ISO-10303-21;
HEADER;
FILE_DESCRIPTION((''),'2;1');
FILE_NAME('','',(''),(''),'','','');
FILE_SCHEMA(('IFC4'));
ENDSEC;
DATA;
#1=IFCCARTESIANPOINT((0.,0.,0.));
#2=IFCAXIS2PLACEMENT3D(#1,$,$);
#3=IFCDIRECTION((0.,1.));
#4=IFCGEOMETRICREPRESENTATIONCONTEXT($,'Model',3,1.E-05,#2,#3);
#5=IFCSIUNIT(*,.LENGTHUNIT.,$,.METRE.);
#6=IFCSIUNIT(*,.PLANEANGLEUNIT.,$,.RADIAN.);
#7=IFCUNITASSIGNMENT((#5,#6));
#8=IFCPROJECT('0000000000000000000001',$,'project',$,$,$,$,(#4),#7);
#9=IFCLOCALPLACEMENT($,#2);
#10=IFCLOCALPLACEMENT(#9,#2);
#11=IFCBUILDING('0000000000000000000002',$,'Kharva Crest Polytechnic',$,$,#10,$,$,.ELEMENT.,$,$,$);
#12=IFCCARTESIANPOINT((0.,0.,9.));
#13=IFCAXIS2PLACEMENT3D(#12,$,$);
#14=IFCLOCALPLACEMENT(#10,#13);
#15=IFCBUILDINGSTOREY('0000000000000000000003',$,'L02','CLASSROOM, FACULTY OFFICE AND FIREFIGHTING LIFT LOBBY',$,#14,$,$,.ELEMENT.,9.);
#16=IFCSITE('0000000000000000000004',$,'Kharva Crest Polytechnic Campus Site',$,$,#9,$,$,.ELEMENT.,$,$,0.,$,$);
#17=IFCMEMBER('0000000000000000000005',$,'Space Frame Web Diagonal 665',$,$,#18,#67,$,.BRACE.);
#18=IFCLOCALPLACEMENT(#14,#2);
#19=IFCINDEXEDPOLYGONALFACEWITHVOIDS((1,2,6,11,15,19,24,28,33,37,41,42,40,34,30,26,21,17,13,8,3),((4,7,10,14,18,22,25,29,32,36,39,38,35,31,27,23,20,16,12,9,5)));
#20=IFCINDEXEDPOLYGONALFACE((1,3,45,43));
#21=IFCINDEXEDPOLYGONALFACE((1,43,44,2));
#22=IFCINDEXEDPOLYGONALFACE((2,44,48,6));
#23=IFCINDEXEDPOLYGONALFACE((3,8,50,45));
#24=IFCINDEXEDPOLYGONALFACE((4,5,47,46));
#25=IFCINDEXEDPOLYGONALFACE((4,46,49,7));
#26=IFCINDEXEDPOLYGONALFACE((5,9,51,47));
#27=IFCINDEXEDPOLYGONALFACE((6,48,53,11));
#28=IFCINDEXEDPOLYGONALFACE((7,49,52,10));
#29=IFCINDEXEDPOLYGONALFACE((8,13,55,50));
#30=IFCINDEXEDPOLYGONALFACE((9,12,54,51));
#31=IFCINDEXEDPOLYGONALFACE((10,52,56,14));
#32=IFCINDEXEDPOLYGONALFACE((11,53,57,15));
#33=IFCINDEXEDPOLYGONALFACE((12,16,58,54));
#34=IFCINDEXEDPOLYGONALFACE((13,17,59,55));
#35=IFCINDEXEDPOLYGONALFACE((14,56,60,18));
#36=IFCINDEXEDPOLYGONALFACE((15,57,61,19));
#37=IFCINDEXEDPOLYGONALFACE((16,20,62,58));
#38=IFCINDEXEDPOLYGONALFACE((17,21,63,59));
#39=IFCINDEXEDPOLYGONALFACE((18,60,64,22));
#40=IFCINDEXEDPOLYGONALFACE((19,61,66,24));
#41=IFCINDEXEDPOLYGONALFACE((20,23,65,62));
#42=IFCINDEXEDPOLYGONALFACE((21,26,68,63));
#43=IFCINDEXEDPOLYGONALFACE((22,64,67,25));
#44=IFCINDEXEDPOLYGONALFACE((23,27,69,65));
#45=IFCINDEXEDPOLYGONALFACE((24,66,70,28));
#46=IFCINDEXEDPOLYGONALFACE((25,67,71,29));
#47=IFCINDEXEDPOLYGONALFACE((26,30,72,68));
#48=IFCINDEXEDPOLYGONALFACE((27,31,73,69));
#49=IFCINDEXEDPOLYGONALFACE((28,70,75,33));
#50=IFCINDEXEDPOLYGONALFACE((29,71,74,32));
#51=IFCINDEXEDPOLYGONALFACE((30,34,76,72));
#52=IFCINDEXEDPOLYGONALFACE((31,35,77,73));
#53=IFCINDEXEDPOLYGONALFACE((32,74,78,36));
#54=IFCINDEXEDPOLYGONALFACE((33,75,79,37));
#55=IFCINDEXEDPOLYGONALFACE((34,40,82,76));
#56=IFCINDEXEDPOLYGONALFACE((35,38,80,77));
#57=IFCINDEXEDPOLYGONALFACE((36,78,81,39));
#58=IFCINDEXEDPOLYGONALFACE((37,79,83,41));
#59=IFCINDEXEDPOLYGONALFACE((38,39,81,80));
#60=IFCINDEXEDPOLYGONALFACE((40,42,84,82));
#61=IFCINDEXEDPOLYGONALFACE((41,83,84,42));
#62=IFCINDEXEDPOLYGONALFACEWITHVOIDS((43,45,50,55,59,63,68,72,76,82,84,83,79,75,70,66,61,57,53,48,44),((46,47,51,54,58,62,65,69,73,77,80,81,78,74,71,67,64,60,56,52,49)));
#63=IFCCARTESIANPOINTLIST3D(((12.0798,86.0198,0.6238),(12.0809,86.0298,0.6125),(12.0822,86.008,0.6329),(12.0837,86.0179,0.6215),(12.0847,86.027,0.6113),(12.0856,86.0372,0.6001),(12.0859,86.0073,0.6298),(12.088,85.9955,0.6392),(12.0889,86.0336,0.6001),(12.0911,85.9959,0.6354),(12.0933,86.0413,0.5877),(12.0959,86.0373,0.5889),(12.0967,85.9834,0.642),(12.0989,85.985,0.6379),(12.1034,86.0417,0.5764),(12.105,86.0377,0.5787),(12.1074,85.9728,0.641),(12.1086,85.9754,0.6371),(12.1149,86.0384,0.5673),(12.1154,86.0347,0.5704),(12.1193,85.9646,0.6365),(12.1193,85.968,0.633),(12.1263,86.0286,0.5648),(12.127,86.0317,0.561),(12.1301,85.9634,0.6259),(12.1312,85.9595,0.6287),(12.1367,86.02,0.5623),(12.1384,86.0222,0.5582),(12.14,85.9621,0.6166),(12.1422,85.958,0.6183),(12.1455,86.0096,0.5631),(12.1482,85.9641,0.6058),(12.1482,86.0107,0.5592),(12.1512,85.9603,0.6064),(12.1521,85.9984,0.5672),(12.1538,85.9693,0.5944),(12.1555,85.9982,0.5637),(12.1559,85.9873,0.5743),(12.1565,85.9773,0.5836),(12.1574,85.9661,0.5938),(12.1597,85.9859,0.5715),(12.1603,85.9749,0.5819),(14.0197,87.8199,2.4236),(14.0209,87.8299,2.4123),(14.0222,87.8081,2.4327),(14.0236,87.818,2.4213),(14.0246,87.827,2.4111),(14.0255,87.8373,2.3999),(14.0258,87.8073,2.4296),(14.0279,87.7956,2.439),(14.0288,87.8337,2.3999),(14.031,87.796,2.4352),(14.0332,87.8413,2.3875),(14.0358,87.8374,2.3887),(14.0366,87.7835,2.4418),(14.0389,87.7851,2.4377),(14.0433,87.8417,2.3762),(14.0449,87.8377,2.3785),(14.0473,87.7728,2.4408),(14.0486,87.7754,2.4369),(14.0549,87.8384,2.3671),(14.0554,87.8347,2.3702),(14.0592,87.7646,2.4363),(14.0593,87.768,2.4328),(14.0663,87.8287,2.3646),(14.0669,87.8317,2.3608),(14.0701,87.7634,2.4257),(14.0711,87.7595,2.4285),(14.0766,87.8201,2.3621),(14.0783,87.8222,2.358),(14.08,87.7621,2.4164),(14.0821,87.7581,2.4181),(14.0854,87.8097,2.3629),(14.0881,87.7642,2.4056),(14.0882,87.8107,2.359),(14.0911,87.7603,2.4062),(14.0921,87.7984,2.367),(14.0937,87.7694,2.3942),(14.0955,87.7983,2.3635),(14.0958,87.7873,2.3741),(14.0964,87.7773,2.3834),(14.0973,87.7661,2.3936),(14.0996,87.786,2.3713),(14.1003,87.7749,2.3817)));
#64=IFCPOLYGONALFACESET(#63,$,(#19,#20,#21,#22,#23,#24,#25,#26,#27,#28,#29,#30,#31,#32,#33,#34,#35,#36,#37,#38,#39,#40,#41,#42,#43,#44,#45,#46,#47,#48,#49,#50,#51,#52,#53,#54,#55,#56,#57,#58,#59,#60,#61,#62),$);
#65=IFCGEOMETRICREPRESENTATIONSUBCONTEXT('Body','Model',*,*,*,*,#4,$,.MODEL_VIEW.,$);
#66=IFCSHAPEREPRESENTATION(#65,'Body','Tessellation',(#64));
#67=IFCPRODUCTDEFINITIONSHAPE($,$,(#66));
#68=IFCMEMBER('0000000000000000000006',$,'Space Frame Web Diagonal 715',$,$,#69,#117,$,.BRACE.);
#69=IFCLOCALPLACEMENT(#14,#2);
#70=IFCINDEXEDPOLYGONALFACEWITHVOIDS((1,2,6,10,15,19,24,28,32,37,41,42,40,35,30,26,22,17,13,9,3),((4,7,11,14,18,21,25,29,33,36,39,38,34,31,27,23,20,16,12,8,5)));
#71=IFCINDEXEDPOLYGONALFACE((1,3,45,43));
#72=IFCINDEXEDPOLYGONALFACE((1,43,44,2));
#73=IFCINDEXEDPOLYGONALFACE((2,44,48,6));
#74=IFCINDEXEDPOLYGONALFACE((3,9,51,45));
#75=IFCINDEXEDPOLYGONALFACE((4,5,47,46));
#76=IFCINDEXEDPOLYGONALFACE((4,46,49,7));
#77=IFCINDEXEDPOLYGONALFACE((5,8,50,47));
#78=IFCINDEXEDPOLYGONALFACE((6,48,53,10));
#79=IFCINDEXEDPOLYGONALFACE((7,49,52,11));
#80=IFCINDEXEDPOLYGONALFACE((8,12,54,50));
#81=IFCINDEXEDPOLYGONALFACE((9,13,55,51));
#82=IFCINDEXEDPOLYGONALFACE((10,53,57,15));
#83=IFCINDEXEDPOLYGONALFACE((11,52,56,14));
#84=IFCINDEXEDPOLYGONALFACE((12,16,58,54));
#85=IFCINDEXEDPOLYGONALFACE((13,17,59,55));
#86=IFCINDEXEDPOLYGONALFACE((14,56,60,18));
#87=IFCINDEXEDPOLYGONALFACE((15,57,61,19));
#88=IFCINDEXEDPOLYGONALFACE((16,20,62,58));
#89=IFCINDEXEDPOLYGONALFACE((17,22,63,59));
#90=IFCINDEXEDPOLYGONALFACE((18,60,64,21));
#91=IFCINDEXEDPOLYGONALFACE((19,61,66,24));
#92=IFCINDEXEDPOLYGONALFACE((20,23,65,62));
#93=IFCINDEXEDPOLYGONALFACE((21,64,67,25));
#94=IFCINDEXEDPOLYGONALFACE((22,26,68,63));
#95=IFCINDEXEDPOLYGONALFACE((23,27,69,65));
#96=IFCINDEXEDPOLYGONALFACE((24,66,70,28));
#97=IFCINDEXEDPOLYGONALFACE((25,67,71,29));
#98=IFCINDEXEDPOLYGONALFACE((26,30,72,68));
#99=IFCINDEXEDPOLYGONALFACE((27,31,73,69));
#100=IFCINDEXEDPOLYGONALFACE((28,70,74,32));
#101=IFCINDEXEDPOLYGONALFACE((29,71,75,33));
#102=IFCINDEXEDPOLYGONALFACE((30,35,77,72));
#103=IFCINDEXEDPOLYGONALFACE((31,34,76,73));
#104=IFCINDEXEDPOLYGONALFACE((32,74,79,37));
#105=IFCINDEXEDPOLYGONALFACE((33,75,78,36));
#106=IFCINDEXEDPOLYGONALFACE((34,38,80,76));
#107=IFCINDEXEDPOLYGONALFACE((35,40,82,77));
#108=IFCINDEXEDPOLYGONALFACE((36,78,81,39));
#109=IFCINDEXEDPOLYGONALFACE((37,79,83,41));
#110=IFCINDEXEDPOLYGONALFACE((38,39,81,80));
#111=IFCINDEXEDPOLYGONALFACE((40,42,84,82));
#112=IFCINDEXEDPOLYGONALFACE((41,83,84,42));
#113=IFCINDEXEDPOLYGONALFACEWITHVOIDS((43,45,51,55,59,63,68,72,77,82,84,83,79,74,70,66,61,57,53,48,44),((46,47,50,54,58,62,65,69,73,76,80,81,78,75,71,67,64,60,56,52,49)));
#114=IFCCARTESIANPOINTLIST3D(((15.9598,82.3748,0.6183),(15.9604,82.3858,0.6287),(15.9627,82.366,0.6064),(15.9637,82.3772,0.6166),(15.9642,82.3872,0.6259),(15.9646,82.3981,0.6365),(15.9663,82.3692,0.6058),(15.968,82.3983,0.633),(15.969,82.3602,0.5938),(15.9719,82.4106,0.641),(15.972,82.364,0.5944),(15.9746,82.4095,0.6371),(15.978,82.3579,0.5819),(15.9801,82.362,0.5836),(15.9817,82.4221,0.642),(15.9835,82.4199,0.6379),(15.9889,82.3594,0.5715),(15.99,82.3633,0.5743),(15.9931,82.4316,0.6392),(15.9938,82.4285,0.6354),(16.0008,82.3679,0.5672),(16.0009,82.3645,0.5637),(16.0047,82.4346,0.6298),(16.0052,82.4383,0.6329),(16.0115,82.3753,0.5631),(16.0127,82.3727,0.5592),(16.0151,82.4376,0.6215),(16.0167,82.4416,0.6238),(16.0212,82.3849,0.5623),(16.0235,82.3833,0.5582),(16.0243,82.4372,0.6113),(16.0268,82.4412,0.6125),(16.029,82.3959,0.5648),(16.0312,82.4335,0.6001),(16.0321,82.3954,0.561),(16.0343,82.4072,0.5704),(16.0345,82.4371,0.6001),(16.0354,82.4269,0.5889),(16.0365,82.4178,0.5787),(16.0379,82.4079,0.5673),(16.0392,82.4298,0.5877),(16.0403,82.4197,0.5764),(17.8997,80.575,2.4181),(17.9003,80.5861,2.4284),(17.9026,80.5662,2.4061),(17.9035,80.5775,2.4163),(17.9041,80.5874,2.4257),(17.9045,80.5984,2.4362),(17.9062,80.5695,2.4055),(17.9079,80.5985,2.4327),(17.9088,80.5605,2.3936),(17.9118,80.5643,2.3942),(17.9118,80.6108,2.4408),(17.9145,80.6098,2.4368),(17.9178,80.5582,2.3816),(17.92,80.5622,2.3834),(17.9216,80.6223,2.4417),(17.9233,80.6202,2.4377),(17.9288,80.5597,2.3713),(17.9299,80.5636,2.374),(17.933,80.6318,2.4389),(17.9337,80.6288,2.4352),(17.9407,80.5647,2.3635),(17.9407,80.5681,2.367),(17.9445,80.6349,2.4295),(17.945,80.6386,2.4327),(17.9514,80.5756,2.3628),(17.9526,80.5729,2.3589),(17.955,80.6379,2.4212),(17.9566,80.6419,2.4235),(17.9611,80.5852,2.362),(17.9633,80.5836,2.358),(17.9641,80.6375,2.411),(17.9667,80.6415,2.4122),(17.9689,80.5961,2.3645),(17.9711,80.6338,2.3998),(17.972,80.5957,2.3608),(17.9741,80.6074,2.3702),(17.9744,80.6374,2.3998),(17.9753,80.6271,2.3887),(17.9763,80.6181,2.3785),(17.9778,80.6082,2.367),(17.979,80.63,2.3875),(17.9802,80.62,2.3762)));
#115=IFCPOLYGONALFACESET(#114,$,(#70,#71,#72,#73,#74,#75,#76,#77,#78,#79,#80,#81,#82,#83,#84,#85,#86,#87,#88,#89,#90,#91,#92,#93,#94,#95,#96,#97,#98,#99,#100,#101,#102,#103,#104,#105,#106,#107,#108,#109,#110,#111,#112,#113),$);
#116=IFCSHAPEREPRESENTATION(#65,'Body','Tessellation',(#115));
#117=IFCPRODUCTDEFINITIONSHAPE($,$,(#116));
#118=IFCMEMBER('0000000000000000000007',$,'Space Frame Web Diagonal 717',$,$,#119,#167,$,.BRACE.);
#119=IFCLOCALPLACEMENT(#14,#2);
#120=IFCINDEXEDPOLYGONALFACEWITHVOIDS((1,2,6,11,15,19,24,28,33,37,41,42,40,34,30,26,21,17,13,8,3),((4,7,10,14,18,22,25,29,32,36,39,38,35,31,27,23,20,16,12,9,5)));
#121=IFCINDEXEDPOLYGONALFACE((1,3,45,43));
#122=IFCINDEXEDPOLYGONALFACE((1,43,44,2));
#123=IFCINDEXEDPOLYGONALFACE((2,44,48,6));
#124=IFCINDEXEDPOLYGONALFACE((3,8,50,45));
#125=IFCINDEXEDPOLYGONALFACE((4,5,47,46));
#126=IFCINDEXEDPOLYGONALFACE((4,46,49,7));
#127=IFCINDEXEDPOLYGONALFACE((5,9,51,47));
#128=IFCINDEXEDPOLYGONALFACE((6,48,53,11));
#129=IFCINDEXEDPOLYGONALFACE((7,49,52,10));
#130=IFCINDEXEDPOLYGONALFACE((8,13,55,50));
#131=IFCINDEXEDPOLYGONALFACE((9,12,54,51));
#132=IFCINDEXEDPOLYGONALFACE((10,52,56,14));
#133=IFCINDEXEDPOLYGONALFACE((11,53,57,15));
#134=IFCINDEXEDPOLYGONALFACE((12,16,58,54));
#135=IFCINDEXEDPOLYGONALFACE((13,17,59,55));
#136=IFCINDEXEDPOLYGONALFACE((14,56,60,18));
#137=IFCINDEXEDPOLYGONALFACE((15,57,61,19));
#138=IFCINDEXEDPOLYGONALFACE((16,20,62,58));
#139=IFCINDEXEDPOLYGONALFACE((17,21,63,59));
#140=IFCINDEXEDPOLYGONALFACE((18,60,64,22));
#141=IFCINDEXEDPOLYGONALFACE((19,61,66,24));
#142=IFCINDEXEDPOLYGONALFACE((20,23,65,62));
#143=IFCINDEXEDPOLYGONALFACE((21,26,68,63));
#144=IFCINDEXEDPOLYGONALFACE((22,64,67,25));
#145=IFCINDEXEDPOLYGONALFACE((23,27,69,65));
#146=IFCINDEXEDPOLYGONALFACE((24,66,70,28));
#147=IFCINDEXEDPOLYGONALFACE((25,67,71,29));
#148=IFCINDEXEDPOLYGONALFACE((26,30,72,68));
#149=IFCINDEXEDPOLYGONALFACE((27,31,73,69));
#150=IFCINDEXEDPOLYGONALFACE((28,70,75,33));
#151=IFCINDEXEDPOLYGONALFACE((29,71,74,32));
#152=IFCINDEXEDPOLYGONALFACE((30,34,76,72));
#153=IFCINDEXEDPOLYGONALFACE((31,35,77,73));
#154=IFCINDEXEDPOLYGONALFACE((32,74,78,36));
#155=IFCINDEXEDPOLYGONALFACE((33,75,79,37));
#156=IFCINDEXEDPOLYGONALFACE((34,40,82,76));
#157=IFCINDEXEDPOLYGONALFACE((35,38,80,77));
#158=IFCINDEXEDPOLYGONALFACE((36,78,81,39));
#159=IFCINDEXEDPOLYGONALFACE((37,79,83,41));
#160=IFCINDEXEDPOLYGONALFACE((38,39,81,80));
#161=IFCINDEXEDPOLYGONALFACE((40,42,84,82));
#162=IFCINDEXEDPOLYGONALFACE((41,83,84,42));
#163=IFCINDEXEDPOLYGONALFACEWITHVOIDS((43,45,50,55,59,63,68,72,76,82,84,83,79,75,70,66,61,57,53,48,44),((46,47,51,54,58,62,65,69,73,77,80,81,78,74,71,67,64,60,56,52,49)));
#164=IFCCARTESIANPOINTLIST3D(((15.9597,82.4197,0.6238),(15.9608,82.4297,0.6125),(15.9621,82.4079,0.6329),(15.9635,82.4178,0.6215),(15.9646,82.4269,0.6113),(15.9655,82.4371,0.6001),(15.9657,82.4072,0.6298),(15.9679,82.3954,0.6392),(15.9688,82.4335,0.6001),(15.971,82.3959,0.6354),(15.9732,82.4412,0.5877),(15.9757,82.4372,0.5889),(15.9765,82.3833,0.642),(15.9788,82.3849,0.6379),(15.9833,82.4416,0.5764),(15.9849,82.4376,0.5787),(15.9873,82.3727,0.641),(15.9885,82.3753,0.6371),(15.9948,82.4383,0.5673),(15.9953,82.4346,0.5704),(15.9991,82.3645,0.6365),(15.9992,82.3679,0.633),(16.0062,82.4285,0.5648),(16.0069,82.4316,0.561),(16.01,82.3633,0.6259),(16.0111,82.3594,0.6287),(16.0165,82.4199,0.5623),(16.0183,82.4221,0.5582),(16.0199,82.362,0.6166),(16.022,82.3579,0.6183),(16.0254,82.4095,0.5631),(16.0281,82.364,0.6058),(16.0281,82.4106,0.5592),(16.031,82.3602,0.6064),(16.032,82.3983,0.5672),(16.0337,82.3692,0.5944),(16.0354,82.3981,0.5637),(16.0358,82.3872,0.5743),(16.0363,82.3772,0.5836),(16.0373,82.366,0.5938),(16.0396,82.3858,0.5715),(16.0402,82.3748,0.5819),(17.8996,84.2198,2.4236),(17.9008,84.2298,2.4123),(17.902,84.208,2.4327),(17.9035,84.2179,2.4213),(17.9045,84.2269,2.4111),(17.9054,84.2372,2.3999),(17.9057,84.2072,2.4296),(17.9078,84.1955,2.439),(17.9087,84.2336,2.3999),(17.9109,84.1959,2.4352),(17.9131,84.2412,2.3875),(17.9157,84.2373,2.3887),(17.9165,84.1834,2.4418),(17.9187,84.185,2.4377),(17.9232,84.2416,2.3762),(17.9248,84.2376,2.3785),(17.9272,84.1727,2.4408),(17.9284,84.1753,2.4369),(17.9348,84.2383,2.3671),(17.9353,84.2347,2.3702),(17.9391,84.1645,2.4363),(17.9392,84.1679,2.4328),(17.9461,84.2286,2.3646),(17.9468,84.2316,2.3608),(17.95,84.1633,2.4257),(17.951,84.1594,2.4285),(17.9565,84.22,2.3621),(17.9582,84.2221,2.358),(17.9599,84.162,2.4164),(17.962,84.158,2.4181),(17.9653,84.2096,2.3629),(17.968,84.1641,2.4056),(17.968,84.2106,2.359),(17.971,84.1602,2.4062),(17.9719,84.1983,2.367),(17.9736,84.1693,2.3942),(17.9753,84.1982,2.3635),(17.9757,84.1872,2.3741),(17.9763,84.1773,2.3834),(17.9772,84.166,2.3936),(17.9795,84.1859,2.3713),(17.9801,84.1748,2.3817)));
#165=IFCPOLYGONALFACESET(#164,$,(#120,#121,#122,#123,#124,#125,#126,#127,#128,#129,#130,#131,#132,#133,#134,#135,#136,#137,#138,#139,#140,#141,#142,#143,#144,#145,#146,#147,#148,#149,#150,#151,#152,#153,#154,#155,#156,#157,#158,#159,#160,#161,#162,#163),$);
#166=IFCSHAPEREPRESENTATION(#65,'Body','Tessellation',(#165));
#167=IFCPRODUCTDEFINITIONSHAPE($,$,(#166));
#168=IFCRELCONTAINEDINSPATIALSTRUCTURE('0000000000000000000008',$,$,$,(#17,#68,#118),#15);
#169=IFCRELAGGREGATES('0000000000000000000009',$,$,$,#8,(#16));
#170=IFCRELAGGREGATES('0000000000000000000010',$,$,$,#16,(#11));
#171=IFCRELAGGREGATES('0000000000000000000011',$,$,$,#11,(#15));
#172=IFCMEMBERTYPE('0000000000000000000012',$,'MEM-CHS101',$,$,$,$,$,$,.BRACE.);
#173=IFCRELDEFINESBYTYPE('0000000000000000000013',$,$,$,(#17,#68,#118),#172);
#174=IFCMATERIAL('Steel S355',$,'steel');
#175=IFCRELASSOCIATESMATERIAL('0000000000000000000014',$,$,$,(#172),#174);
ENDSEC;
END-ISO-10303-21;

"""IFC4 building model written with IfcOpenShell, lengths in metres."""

from ifc_helpers import new_model, si_unit, direction, frame, origin, origin_2d, place, context, subcontext, project, spatial, hollow_circle, extrude, material, material_profile, profile_set, type_object, element, save


model = new_model("IFC4")

# Units and contexts
model_context = context("Model", 3, precision=1e-05, world=origin(), true_north=direction((0.0, 1.0)))
body_context = subcontext(model_context, "Body", "Model", "MODEL_VIEW")
ifc_project = project(units=[si_unit("LENGTHUNIT", "METRE"), si_unit("PLANEANGLEUNIT", "RADIAN")], contexts=[model_context])

# Site, building, storey
site_placement = place(None, origin())
site = spatial("IfcSite", under=ifc_project, at=site_placement, Name="Kharva Crest Polytechnic Campus Site", CompositionType="ELEMENT", RefElevation=0.0)
building_placement = place(site_placement, origin())
building = spatial("IfcBuilding", under=site, at=building_placement, Name="Kharva Crest Polytechnic", CompositionType="ELEMENT")
storey_placement = place(building_placement, frame((0.0, 0.0, 9.0)))
storey = spatial("IfcBuildingStorey", under=building, at=storey_placement, Name="L02", Description="CLASSROOM, FACULTY OFFICE AND FIREFIGHTING LIFT LOBBY", CompositionType="ELEMENT", Elevation=9.0)

# Shared definitions
ifc_material_1 = material(Name="Steel S355", Category="steel")

# Members
ifc_material_profile_1 = material_profile(ifc_material_1, hollow_circle(Radius=0.0508, WallThickness=0.0049, at=origin_2d()), Name="CHS 101.6X5.0")
ifc_profile_set_1 = profile_set([ifc_material_profile_1], Name="Steel S355")
member_type_1 = type_object("IfcMemberType", Name="MEM-CHS101", PredefinedType="BRACE", material=ifc_profile_set_1)
for number, where, z_axis, x_axis, name in (
    (1, (12.1201, 86.0, 0.6001), (0.606147, 0.562437, 0.562361), (-0.680182, 0.733043, 0.0), "Space Frame Web Diagonal 665"),
):
    element("IfcMember", number, at=place(storey_placement, frame(where, z_axis=z_axis, x_axis=x_axis)), inside=storey, type_object=member_type_1, Name=name, PredefinedType="BRACE", context=body_context, shape_type="SweptSolid", body=[
        extrude(hollow_circle(Radius=0.0508, WallThickness=0.0049, at=origin_2d()), origin(), (0.0, 0.0, 1.0), 3.2004),
    ])
member_1_placement = place(storey_placement, frame((16.0, 82.3999, 0.6001), z_axis=(0.606173, -0.562385, 0.562385), x_axis=(0.680133, 0.733089, 0.0)))
element("IfcMember", 2, at=member_1_placement, inside=storey, type_object=member_type_1, Name="Space Frame Web Diagonal 715", PredefinedType="BRACE", context=body_context, shape_type="SweptSolid", body=[
    extrude(hollow_circle(Radius=0.0508, WallThickness=0.0049, at=origin_2d()), origin(), (0.0, 0.0, 1.0), 3.2002),
])
member_2_placement = place(storey_placement, frame((16.0, 82.3999, 0.6001), z_axis=(0.606147, 0.562437, 0.562361), x_axis=(-0.680182, 0.733043, 0.0)))
element("IfcMember", 3, at=member_2_placement, inside=storey, type_object=member_type_1, Name="Space Frame Web Diagonal 717", PredefinedType="BRACE", context=body_context, shape_type="SweptSolid", body=[
    extrude(hollow_circle(Radius=0.0508, WallThickness=0.0049, at=origin_2d()), origin(), (0.0, 0.0, 1.0), 3.2004),
])

save(model, "model.ifc")
